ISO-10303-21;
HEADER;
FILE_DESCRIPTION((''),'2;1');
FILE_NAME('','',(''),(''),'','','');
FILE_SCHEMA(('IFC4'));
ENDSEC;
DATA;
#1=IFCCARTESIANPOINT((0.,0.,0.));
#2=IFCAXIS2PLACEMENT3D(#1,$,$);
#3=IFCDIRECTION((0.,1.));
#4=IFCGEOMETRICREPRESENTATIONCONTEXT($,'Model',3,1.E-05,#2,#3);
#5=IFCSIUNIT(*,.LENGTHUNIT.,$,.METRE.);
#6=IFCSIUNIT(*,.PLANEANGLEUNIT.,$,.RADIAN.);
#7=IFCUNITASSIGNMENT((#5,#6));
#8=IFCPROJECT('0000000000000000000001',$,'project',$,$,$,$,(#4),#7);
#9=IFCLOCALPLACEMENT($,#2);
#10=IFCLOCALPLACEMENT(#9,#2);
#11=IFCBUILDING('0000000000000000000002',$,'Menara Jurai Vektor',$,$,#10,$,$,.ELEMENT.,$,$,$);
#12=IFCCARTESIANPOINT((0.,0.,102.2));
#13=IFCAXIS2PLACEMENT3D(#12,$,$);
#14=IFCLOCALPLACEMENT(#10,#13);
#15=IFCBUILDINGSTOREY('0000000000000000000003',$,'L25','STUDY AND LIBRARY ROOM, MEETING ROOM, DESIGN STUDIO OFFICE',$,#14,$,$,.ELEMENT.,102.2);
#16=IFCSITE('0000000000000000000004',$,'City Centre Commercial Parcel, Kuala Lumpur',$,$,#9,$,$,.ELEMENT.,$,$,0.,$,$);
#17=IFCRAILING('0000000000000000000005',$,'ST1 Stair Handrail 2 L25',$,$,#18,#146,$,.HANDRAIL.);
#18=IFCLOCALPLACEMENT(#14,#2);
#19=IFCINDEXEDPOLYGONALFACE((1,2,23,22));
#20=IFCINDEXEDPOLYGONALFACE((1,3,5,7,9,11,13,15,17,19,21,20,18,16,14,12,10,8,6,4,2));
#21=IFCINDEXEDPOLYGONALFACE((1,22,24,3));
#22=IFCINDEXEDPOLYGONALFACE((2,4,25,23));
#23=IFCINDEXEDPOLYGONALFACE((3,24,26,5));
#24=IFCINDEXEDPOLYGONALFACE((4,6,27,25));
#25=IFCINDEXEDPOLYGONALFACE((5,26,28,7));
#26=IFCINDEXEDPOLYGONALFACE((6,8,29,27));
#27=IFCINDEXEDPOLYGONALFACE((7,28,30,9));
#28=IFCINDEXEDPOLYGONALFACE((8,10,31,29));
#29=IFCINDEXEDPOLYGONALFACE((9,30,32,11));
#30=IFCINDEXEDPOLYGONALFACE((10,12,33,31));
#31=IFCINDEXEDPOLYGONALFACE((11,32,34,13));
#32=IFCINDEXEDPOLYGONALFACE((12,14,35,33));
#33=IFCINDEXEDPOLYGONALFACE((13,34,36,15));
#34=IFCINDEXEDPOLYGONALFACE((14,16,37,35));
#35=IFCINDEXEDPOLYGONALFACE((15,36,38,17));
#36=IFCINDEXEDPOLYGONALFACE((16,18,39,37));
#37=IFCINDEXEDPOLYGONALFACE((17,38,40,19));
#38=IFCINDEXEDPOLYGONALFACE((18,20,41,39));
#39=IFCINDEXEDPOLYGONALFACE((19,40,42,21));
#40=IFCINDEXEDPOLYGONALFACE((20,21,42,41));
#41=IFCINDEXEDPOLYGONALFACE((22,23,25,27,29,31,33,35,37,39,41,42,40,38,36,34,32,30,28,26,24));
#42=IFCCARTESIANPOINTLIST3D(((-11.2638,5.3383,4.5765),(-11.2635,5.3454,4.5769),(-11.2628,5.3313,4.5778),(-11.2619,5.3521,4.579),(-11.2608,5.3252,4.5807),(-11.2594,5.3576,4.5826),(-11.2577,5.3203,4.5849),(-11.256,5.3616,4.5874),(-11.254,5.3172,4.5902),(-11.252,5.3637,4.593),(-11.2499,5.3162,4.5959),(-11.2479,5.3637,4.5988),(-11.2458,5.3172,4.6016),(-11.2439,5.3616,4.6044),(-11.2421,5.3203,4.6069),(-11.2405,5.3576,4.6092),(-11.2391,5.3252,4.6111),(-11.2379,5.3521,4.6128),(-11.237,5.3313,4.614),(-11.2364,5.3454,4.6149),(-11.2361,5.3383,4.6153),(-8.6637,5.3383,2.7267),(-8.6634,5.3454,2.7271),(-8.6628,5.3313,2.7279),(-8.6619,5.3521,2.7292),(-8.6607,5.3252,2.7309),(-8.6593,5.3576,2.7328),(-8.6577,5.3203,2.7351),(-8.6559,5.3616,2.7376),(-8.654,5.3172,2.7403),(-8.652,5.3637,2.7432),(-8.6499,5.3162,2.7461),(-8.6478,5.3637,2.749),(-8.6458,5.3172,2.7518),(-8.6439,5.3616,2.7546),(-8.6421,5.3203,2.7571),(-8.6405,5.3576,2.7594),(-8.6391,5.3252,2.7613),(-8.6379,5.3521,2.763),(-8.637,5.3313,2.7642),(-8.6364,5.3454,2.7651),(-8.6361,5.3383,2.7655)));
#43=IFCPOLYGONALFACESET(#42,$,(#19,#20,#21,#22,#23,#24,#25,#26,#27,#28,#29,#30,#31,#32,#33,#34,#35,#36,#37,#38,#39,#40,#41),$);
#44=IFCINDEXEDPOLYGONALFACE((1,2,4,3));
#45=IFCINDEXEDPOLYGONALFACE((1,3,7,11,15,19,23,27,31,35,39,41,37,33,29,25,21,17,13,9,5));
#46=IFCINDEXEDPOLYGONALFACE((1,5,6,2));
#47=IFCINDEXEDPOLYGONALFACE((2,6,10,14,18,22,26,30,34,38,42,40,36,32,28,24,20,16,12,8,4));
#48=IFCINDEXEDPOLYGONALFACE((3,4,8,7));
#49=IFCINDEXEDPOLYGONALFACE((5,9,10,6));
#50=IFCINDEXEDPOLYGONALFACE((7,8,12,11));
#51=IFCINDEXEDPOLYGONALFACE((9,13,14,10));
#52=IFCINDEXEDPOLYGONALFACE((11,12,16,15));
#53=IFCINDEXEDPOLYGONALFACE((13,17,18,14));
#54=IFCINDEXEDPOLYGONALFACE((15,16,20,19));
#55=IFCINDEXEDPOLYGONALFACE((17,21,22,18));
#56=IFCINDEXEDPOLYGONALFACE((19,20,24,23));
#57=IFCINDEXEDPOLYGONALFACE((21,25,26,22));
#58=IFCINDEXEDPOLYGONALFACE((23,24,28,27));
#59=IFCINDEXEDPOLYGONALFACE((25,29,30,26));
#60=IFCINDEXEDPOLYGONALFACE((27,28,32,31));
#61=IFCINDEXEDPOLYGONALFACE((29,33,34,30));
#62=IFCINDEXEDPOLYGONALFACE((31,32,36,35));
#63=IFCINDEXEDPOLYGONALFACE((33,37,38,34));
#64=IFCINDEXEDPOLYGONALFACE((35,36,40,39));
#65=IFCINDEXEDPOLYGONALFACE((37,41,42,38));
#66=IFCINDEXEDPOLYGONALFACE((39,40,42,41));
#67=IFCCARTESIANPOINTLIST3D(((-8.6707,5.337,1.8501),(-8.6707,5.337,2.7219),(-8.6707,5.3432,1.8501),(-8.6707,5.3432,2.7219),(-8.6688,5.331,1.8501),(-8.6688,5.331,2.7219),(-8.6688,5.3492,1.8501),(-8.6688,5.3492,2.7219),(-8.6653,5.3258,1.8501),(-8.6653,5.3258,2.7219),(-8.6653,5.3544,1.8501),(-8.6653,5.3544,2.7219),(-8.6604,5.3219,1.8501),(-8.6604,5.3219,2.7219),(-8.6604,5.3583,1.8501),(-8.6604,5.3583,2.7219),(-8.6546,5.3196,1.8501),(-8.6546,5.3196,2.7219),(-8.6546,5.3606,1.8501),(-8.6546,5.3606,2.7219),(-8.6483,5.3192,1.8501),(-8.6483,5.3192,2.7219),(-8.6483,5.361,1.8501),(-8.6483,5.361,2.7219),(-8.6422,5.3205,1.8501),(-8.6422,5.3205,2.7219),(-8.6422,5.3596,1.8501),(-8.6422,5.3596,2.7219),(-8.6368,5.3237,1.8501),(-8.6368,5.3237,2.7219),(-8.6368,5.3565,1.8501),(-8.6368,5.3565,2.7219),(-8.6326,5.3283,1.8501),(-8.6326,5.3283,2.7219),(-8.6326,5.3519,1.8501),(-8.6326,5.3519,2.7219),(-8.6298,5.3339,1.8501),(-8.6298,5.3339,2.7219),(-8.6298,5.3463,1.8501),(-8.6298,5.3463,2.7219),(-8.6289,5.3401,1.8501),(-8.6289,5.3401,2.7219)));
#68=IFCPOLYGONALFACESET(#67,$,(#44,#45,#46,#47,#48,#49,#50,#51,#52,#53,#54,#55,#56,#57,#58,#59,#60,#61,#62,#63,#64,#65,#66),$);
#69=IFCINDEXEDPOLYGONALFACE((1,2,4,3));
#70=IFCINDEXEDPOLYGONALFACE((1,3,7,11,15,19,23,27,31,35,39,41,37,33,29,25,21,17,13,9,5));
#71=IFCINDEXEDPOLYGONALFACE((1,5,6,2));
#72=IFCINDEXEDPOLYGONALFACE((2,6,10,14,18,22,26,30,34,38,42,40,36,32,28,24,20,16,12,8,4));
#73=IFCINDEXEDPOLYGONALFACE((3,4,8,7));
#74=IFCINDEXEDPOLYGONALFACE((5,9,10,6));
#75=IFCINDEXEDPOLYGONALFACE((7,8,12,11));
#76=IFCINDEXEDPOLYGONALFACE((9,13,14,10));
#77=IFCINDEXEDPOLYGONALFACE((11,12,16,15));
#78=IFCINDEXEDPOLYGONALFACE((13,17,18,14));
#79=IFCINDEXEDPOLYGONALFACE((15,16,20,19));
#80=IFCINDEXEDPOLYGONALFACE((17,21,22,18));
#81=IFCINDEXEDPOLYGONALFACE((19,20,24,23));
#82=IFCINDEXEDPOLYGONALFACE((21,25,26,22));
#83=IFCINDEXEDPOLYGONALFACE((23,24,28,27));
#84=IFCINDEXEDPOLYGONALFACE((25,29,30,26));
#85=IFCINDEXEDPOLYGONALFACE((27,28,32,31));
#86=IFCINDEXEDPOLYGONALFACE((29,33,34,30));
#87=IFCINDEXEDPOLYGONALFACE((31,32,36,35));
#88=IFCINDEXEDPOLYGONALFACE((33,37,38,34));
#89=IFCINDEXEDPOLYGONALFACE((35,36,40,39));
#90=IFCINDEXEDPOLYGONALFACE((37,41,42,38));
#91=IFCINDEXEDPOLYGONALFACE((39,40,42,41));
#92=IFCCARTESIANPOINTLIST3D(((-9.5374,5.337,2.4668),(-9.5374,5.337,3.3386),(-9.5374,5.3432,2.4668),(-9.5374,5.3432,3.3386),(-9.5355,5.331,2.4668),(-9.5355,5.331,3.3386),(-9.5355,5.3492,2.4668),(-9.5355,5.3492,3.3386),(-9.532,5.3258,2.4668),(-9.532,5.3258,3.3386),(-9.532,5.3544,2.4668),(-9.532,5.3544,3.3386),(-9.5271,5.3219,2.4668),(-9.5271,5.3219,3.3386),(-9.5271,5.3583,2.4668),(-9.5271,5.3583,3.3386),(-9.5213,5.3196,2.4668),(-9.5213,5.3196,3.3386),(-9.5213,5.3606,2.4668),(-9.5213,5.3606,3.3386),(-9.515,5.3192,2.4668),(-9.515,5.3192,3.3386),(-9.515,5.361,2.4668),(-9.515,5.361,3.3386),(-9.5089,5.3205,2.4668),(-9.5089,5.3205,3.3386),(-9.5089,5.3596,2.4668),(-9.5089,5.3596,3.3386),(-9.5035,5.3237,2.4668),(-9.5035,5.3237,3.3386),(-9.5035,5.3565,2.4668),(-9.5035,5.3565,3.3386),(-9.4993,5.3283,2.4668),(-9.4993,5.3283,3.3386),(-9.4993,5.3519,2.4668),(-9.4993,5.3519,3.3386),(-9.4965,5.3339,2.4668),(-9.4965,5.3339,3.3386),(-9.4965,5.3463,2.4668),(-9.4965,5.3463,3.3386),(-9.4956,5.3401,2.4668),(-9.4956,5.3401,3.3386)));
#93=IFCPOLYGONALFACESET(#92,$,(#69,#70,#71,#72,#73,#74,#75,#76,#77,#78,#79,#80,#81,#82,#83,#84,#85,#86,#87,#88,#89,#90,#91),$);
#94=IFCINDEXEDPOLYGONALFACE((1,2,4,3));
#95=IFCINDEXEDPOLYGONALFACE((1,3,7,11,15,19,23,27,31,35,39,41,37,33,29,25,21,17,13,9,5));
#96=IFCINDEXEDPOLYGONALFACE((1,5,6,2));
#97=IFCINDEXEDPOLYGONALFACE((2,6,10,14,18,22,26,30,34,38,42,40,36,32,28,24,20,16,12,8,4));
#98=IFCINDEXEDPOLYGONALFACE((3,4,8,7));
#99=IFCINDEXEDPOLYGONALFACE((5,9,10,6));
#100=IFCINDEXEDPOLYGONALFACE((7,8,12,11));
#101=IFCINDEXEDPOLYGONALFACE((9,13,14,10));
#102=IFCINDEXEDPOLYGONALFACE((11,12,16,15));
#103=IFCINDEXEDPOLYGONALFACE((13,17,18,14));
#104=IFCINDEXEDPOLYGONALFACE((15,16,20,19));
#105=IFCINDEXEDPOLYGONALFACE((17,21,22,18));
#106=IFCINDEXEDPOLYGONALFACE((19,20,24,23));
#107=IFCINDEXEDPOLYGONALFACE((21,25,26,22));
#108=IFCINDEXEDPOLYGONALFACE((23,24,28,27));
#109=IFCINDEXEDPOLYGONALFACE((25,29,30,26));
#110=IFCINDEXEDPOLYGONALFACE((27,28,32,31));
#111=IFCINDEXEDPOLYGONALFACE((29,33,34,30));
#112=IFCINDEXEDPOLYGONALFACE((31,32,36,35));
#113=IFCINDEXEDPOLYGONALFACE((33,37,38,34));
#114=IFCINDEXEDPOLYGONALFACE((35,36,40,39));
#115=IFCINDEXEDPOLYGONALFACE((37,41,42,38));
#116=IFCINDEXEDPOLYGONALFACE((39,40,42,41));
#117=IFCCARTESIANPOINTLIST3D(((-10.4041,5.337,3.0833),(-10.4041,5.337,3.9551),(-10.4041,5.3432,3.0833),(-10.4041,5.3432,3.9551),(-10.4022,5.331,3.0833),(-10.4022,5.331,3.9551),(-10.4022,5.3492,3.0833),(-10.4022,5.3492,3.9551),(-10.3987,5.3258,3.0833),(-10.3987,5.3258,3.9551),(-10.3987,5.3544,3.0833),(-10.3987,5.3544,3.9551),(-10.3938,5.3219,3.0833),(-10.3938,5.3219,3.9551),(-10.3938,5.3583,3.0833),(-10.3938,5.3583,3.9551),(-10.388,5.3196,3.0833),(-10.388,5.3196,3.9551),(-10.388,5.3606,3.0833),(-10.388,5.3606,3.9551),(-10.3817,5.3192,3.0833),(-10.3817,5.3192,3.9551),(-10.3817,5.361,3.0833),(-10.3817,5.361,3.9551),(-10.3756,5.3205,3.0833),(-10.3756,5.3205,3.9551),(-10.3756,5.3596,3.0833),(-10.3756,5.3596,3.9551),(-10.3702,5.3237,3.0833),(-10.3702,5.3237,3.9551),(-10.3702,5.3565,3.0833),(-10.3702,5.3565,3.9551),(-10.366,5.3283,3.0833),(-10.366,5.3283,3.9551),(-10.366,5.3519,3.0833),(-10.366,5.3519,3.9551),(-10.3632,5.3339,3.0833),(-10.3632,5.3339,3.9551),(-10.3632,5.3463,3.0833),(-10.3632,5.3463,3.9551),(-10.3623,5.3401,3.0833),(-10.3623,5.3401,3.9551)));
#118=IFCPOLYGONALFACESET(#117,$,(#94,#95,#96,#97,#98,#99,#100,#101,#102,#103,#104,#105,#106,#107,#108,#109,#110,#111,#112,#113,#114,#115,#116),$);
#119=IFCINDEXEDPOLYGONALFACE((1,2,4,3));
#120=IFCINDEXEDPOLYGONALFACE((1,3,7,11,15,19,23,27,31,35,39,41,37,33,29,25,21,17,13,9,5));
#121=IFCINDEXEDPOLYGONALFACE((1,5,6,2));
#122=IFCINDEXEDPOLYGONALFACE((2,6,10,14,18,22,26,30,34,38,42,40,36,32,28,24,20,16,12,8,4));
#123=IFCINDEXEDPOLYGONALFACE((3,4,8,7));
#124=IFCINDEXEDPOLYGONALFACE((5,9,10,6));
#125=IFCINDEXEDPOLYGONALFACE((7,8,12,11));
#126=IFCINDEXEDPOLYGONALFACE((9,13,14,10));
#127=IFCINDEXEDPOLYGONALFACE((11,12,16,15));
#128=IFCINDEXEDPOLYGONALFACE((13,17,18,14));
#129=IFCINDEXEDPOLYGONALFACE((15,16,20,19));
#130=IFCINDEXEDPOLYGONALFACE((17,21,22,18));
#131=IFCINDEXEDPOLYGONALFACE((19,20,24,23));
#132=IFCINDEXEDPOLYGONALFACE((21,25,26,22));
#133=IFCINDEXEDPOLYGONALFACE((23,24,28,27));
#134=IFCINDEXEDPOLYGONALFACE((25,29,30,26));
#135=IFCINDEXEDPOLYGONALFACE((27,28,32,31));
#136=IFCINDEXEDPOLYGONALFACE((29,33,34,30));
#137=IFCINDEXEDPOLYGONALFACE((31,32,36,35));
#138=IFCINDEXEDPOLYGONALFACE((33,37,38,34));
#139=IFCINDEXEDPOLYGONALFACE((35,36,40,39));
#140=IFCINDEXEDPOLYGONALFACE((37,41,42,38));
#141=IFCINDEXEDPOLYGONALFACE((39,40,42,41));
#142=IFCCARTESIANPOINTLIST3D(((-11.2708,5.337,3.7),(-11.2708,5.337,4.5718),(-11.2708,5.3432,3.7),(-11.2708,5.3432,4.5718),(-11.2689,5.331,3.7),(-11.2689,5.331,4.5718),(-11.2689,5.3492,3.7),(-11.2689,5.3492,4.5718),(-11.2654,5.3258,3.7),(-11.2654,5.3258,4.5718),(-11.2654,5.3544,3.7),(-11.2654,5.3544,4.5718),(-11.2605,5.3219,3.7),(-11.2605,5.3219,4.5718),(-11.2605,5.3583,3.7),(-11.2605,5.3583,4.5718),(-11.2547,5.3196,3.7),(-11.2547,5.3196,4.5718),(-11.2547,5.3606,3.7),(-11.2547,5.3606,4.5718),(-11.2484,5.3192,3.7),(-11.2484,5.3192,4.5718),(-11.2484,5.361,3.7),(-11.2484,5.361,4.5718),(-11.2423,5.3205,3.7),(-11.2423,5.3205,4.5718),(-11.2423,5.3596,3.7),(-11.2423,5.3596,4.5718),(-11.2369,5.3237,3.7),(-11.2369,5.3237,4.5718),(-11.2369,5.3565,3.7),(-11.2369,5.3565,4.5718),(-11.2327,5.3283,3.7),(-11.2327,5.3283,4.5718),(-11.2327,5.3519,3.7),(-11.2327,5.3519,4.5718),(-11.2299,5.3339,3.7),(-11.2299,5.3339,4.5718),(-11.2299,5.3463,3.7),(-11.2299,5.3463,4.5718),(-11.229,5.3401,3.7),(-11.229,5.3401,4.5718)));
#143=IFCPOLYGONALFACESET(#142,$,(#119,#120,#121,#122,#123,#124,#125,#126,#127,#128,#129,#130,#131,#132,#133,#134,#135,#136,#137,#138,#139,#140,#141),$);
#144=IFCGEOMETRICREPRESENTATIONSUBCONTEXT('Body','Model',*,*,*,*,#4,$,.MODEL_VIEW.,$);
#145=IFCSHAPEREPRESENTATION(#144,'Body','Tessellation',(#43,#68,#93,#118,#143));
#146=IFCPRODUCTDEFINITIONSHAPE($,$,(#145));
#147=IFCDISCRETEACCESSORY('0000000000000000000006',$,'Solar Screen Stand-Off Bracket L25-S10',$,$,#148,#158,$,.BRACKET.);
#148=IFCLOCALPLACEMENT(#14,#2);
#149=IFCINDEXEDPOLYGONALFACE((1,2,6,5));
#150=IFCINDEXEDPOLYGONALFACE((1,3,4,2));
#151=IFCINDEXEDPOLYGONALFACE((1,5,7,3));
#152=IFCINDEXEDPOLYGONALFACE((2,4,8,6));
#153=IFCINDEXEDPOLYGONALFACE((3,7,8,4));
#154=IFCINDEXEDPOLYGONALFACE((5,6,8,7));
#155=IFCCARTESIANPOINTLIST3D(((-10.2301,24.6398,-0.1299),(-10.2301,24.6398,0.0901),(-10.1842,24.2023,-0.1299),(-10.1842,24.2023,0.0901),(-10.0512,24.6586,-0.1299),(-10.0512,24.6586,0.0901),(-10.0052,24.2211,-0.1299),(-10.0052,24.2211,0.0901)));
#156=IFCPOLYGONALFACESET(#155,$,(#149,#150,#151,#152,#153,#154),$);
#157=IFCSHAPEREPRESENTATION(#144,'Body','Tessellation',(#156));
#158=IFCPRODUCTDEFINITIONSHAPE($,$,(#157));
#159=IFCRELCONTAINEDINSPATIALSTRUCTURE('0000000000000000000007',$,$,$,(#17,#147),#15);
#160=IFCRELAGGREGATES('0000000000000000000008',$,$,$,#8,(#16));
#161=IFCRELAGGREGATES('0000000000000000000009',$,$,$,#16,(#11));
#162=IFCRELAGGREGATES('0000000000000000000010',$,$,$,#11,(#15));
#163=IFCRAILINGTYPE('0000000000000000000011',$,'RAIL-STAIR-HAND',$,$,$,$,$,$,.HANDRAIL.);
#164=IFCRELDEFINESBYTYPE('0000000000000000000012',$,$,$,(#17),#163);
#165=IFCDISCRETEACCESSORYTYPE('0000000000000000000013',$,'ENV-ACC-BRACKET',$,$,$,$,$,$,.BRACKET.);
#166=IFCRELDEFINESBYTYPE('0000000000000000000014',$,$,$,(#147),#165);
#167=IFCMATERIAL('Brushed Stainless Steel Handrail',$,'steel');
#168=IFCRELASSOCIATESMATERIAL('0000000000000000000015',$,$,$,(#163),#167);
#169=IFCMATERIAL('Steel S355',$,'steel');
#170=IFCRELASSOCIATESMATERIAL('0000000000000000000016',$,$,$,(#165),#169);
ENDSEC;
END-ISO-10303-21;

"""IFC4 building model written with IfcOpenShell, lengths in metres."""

from ifc_helpers import new_model, si_unit, direction, frame, origin, origin_2d, place, context, subcontext, project, spatial, rectangle, circle, extrude, material, type_object, element, save


model = new_model("IFC4")

# Units and contexts
model_context = context("Model", 3, precision=1e-05, world=origin(), true_north=direction((0.0, 1.0)))
body_context = subcontext(model_context, "Body", "Model", "MODEL_VIEW")
ifc_project = project(units=[si_unit("LENGTHUNIT", "METRE"), si_unit("PLANEANGLEUNIT", "RADIAN")], contexts=[model_context])

# Site, building, storey
site_placement = place(None, origin())
site = spatial("IfcSite", under=ifc_project, at=site_placement, Name="City Centre Commercial Parcel, Kuala Lumpur", CompositionType="ELEMENT", RefElevation=0.0)
building_placement = place(site_placement, origin())
building = spatial("IfcBuilding", under=site, at=building_placement, Name="Menara Jurai Vektor", CompositionType="ELEMENT")
storey_placement = place(building_placement, frame((0.0, 0.0, 102.2)))
storey = spatial("IfcBuildingStorey", under=building, at=storey_placement, Name="L25", Description="STUDY AND LIBRARY ROOM, MEETING ROOM, DESIGN STUDIO OFFICE", CompositionType="ELEMENT", Elevation=102.2)

# Shared definitions
ifc_material_1 = material(Name="Steel S355", Category="steel")

# Railing
ifc_material_2 = material(Name="Brushed Stainless Steel Handrail", Category="steel")
railing_type = type_object("IfcRailingType", Name="RAIL-STAIR-HAND", PredefinedType="HANDRAIL", material=ifc_material_2)
railing_placement = place(storey_placement, frame((-8.6499, 5.3401, 1.8501)))
element("IfcRailing", 1, at=railing_placement, inside=storey, type_object=railing_type, Name="ST1 Stair Handrail 2 L25", PredefinedType="HANDRAIL", context=body_context, shape_type="SweptSolid", body=[
    extrude(circle(Radius=0.0239, at=origin_2d()), frame((0.0, 0.0, 0.896), z_axis=(-0.814823, 0.0, 0.57971), x_axis=(0.0, -1.0, 0.0)), (0.0, 0.0, 1.0), 3.1909),
    extrude(circle(Radius=0.021, at=origin_2d()), origin(), (0.0, 0.0, 1.0), 0.8718),
    extrude(circle(Radius=0.021, at=origin_2d()), frame((-0.8667, 0.0, 0.6167)), (0.0, 0.0, 1.0), 0.8718),
    extrude(circle(Radius=0.021, at=origin_2d()), frame((-1.7334, 0.0, 1.2332)), (0.0, 0.0, 1.0), 0.8718),
    extrude(circle(Radius=0.021, at=origin_2d()), frame((-2.6001, 0.0, 1.8499)), (0.0, 0.0, 1.0), 0.8718),
])

# Discrete accessory
discrete_accessory_type = type_object("IfcDiscreteAccessoryType", Name="ENV-ACC-BRACKET", PredefinedType="BRACKET", material=ifc_material_1)
discrete_accessory_placement = place(storey_placement, frame((-10.1177, 24.4304, -0.1299), z_axis=(0.0, 0.0, 1.0), x_axis=(-0.994522, -0.104528, 0.0)))
element("IfcDiscreteAccessory", 2, at=discrete_accessory_placement, inside=storey, type_object=discrete_accessory_type, Name="Solar Screen Stand-Off Bracket L25-S10", PredefinedType="BRACKET", context=body_context, shape_type="SweptSolid", body=[
    extrude(rectangle(XDim=0.1799, YDim=0.4399, at=origin_2d()), origin(), (0.0, 0.0, 1.0), 0.22),
])

save(model, "model.ifc")
